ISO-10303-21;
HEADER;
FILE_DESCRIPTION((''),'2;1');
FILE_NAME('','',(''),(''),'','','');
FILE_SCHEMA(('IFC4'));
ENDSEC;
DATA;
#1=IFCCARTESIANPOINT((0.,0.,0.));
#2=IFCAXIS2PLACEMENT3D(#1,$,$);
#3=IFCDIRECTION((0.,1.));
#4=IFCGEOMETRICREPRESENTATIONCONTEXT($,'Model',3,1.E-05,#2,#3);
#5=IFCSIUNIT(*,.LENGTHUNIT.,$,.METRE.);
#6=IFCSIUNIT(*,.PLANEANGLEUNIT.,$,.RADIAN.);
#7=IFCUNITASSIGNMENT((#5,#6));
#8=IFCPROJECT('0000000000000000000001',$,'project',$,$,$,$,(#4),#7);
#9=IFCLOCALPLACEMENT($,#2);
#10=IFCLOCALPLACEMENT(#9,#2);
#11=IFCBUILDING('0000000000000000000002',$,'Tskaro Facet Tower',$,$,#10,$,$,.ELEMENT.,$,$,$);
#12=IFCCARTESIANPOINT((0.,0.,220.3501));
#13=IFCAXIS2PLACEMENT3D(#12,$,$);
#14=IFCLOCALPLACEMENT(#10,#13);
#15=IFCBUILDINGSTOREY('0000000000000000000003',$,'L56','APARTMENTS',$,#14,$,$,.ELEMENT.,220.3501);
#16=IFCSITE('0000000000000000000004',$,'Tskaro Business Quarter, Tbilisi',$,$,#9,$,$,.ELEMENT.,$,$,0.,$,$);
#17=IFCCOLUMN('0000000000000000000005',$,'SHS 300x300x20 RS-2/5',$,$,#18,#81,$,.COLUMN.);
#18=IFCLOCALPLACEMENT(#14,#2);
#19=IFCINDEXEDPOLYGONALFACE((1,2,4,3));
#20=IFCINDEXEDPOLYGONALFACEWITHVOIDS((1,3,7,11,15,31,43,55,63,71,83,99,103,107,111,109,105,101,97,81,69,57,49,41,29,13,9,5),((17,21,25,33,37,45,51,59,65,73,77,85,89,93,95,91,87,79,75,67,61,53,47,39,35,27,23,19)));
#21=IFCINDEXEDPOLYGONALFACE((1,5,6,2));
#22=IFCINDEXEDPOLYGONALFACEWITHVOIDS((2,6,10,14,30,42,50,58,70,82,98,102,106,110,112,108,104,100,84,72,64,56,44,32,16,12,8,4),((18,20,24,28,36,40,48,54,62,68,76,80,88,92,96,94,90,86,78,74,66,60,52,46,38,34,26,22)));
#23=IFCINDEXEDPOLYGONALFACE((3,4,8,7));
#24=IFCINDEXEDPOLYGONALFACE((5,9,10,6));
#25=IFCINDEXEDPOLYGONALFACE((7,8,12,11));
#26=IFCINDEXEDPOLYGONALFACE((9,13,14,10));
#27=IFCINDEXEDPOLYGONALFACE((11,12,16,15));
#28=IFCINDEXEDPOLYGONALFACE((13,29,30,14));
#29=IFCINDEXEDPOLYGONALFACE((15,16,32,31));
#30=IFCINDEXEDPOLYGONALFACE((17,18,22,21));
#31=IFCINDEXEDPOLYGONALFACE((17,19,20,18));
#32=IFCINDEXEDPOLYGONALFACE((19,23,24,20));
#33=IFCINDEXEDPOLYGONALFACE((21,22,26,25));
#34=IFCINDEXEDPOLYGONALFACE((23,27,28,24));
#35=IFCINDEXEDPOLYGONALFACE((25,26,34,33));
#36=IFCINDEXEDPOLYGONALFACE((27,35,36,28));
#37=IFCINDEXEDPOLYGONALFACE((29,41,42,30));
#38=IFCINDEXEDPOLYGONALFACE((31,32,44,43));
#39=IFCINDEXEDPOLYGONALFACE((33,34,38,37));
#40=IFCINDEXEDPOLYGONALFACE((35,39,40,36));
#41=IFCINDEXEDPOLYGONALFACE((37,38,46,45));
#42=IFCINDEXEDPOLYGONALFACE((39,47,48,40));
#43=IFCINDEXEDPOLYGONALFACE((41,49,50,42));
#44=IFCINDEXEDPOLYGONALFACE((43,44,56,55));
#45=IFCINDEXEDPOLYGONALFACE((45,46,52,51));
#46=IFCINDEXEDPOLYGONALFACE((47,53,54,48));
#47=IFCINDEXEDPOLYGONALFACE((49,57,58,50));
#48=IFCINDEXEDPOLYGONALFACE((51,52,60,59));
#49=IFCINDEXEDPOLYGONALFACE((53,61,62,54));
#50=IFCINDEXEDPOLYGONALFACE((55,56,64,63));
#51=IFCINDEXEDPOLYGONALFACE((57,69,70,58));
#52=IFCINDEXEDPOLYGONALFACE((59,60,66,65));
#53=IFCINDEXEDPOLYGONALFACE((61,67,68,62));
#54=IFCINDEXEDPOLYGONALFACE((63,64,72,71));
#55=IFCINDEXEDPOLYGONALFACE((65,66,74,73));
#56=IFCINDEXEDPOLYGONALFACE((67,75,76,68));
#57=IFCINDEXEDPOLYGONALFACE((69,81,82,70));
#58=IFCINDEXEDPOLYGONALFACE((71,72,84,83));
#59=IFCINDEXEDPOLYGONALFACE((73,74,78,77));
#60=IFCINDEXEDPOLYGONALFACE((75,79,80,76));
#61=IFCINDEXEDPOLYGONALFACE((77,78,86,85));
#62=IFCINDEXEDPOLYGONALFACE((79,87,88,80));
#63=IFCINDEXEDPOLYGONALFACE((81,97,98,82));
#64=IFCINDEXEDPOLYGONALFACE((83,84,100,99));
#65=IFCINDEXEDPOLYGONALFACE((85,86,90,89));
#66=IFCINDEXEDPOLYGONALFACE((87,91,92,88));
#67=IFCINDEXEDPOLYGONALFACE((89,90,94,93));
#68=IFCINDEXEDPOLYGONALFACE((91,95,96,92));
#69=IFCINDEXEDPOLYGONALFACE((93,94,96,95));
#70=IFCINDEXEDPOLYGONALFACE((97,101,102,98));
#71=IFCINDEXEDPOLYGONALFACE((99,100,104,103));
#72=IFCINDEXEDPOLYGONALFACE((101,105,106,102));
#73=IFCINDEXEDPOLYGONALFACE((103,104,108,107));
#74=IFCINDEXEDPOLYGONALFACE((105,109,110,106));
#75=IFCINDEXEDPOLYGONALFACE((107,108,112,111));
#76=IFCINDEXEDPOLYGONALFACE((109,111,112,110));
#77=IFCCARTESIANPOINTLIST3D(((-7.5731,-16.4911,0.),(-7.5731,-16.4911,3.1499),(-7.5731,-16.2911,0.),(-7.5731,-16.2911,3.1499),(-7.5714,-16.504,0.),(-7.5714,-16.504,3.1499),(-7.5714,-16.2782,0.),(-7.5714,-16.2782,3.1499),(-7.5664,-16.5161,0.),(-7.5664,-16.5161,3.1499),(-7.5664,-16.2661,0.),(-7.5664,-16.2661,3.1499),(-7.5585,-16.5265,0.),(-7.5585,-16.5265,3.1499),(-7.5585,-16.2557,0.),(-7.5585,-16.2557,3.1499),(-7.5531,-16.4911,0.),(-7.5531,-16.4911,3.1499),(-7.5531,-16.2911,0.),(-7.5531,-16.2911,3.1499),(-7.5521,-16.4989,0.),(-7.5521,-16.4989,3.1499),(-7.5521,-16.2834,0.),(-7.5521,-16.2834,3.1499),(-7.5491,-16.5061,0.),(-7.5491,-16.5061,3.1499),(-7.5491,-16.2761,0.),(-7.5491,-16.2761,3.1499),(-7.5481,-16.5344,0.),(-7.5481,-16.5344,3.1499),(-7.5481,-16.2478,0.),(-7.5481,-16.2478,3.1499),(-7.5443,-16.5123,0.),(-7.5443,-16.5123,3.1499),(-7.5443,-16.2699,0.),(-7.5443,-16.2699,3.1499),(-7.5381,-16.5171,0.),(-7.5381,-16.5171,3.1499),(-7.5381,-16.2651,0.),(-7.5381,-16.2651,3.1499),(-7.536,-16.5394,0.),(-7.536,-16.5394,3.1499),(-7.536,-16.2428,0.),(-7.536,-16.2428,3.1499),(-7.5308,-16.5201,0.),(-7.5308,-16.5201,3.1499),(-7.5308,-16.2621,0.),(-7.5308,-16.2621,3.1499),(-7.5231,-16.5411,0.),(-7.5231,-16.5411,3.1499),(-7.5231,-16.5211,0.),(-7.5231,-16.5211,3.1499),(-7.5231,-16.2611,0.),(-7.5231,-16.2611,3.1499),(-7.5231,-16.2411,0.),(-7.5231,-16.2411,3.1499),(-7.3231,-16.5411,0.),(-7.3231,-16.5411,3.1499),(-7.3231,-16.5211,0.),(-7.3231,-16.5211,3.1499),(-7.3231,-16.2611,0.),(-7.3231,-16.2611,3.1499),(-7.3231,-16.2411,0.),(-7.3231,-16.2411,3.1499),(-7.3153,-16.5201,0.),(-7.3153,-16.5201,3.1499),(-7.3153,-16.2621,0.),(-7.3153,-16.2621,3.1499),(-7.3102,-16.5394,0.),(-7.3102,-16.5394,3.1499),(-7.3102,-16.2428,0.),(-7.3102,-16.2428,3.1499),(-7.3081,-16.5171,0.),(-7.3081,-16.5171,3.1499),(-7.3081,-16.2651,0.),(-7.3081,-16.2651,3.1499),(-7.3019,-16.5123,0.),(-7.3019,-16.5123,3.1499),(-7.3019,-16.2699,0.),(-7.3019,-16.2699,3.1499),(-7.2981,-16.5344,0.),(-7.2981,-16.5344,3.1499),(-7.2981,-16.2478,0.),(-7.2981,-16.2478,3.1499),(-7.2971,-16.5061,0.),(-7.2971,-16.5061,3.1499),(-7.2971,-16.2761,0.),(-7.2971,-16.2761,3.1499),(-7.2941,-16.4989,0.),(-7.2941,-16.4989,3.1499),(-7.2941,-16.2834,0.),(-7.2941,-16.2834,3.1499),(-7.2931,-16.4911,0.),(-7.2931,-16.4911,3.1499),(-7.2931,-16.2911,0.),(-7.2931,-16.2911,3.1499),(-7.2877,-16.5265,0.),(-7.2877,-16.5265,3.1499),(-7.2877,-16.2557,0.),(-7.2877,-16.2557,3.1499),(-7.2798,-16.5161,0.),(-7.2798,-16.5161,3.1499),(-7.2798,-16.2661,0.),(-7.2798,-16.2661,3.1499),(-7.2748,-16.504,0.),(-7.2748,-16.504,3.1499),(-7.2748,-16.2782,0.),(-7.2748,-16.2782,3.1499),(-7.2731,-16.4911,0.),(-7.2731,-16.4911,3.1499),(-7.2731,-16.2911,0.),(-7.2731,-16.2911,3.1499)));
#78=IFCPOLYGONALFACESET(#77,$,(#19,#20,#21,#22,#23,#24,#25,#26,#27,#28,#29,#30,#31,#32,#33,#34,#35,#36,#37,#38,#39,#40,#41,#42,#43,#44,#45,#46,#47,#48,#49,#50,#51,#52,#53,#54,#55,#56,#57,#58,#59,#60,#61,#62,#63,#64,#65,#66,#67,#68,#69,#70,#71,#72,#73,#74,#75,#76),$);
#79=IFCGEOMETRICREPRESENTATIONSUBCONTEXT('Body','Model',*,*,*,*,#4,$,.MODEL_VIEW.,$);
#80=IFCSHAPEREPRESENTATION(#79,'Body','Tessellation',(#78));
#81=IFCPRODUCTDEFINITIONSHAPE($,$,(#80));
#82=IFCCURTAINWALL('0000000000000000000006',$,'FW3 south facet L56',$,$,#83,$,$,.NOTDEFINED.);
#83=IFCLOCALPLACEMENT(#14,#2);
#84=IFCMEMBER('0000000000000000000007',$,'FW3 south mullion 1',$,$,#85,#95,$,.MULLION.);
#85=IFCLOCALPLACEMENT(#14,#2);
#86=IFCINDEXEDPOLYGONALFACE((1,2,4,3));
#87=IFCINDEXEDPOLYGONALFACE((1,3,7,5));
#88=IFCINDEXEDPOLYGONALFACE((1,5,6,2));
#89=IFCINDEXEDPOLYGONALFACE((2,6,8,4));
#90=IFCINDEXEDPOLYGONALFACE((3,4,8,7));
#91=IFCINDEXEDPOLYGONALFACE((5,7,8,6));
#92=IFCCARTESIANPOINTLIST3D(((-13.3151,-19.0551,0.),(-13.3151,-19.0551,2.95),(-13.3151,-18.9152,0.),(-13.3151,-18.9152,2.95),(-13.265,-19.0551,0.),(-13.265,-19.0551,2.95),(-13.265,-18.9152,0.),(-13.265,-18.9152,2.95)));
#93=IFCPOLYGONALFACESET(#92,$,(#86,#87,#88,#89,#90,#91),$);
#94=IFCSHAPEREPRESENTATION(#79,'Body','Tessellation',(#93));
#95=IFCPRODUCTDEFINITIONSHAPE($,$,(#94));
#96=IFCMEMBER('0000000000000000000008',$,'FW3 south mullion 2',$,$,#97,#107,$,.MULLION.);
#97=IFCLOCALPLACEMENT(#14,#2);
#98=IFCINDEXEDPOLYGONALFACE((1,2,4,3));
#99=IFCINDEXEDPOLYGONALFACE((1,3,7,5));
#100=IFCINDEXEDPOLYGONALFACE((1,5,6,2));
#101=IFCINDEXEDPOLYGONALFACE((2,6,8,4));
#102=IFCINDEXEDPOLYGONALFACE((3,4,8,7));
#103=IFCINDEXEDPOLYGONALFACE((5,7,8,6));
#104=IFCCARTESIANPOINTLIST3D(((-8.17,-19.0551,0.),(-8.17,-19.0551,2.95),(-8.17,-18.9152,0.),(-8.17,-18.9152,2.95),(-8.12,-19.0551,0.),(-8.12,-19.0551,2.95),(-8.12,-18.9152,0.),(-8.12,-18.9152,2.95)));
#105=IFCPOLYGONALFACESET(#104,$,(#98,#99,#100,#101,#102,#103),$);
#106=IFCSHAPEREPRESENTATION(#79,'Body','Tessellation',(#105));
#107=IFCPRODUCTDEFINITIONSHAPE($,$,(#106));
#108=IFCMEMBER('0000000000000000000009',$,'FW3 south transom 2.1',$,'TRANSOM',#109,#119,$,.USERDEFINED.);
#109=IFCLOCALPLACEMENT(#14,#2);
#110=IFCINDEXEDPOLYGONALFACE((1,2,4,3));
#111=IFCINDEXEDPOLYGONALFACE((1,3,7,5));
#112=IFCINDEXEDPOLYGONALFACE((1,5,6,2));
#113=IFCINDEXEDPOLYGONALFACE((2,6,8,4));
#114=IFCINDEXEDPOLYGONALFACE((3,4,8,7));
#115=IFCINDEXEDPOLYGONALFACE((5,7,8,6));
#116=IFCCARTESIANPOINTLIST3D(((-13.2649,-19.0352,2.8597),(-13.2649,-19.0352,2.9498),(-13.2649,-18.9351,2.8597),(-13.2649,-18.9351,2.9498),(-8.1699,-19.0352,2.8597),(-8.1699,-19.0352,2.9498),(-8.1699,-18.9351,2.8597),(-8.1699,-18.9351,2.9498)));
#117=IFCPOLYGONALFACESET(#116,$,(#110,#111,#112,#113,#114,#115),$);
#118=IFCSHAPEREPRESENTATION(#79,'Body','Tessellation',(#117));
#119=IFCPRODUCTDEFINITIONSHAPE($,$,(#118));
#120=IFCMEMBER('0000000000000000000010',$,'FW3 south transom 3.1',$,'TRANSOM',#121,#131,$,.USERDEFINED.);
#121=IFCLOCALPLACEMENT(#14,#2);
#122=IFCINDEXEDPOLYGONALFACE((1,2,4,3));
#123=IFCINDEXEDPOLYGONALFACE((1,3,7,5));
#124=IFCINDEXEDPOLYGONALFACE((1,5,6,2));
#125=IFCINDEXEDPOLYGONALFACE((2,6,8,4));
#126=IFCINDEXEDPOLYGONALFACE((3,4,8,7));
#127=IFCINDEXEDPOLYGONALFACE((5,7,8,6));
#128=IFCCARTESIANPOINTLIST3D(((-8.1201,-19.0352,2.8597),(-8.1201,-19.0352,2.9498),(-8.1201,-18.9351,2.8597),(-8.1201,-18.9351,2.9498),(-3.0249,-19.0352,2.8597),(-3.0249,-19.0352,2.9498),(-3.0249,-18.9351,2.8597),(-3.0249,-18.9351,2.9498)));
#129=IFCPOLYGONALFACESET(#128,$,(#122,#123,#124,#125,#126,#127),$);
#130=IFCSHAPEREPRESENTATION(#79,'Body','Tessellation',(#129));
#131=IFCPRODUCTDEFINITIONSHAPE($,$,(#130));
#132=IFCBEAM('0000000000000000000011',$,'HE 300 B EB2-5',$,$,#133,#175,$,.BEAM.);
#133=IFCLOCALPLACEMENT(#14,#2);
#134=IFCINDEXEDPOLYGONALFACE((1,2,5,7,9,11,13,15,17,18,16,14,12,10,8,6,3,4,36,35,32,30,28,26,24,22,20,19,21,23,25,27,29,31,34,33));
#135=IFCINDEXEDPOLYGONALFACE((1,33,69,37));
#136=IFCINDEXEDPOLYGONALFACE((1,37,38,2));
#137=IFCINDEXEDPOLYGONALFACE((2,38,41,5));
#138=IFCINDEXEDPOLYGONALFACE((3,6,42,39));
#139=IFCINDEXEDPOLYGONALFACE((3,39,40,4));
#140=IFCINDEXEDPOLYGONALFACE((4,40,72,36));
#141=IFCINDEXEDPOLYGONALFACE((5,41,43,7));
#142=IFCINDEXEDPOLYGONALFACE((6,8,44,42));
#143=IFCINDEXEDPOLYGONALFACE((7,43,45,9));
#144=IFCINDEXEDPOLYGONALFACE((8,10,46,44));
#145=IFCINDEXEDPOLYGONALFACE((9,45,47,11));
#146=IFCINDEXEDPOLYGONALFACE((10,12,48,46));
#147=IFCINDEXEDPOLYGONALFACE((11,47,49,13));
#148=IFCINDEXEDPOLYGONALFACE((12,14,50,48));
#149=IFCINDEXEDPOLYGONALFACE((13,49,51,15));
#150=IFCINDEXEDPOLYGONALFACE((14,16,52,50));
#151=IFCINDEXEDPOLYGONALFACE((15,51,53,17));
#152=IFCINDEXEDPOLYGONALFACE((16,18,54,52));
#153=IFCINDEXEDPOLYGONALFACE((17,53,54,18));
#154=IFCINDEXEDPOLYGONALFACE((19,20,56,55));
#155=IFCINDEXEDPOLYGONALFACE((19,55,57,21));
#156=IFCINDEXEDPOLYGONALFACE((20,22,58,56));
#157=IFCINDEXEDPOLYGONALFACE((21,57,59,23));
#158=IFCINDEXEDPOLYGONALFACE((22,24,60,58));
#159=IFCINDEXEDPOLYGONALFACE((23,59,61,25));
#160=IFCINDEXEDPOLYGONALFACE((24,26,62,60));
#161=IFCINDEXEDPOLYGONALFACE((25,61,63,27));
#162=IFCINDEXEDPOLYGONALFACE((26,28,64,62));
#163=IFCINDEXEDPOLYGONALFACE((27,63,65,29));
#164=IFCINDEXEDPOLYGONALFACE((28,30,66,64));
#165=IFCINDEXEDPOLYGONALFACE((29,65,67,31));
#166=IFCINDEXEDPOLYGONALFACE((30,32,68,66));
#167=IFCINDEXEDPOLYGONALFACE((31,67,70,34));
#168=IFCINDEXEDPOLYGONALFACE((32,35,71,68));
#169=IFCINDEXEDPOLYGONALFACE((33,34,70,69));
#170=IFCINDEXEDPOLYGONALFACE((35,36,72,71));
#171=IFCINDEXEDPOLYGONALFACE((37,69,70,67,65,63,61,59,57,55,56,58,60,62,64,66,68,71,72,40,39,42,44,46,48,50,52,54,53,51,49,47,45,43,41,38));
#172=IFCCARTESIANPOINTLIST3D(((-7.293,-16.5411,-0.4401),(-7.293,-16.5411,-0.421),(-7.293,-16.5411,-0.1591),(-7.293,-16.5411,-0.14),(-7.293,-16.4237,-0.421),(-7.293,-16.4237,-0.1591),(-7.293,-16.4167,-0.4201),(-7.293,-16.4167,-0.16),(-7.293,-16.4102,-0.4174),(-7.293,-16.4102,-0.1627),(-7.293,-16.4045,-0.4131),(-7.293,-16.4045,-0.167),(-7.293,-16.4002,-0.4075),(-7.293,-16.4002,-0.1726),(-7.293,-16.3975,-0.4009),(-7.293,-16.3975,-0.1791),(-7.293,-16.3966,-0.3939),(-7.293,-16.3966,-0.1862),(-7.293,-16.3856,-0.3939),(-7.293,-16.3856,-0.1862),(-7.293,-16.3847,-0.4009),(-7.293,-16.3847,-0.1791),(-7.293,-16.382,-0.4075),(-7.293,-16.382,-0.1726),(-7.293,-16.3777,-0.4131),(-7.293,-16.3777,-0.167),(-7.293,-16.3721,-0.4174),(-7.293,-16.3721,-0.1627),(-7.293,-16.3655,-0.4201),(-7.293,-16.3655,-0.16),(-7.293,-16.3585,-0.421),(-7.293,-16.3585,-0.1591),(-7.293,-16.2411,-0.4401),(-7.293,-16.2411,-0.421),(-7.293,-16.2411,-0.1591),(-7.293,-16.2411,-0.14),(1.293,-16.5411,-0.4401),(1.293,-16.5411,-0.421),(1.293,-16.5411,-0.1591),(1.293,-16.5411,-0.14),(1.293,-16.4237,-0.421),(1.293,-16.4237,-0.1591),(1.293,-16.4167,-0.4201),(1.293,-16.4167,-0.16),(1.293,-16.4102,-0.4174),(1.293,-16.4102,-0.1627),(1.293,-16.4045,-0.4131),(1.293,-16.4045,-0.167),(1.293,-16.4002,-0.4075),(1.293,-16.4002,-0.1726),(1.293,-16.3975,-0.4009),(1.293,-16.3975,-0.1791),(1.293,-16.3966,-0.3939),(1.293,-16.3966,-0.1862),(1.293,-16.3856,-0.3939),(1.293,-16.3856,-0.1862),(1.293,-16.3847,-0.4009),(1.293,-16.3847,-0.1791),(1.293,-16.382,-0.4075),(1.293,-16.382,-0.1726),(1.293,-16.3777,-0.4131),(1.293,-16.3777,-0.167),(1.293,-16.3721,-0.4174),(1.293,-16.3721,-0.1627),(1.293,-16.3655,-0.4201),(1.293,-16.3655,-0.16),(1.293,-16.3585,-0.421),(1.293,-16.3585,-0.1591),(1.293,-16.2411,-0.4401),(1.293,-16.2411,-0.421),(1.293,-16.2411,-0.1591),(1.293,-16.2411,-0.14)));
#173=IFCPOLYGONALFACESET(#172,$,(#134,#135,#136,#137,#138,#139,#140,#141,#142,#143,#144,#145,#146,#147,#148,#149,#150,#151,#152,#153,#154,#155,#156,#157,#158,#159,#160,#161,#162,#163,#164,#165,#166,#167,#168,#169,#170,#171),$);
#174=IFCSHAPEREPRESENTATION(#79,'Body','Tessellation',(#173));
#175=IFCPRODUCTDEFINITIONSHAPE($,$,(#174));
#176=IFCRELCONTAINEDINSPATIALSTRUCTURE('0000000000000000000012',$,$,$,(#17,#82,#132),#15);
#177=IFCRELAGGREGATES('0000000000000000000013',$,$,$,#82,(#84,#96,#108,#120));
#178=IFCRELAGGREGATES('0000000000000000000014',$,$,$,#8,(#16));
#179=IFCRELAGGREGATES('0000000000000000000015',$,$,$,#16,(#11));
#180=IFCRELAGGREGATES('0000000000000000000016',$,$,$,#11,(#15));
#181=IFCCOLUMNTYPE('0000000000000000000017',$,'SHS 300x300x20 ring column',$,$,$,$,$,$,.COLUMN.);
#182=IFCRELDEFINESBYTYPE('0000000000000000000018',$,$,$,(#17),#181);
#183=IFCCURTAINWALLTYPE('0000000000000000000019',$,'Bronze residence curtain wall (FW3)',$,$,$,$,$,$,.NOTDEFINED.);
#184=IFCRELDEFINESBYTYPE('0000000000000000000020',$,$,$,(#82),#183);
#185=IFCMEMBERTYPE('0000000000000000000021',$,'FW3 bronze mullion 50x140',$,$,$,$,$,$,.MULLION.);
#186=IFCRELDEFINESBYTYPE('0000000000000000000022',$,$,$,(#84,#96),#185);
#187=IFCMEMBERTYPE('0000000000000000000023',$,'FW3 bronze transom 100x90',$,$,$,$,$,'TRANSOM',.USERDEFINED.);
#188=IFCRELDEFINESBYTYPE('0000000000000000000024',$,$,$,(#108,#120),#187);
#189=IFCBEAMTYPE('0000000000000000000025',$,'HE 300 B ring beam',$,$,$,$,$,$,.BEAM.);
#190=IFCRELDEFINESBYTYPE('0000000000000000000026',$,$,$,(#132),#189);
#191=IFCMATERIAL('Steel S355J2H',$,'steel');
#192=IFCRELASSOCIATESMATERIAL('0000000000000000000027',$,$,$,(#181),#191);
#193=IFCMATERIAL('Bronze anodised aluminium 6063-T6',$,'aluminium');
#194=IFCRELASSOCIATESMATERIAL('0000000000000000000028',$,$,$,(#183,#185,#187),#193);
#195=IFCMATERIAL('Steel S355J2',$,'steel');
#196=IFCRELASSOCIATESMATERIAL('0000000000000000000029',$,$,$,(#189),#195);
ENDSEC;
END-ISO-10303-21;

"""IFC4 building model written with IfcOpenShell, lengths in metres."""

from ifc_helpers import new_model, si_unit, direction, frame, origin, origin_2d, place, context, subcontext, project, spatial, rectangle, hollow_rectangle, i_section, extrude, material, material_profile, profile_set, type_object, element, aggregate, save


model = new_model("IFC4")

# Units and contexts
model_context = context("Model", 3, precision=1e-05, world=origin(), true_north=direction((0.0, 1.0)))
body_context = subcontext(model_context, "Body", "Model", "MODEL_VIEW")
ifc_project = project(units=[si_unit("LENGTHUNIT", "METRE"), si_unit("PLANEANGLEUNIT", "RADIAN")], contexts=[model_context])

# Site, building, storey
site_placement = place(None, origin())
site = spatial("IfcSite", under=ifc_project, at=site_placement, Name="Tskaro Business Quarter, Tbilisi", CompositionType="ELEMENT", RefElevation=0.0)
building_placement = place(site_placement, origin())
building = spatial("IfcBuilding", under=site, at=building_placement, Name="Tskaro Facet Tower", CompositionType="ELEMENT")
storey_placement = place(building_placement, frame((0.0, 0.0, 220.3501)))
storey = spatial("IfcBuildingStorey", under=building, at=storey_placement, Name="L56", Description="APARTMENTS", CompositionType="ELEMENT", Elevation=220.3501)

# Column
ifc_material_1 = material(Name="Steel S355J2H", Category="steel")
ifc_material_profile_1 = material_profile(ifc_material_1, hollow_rectangle(XDim=0.3, YDim=0.3, WallThickness=0.02, InnerFilletRadius=0.03, OuterFilletRadius=0.05, at=origin_2d()), Name="SHS 300x300x20")
ifc_profile_set_1 = profile_set([ifc_material_profile_1], Name="Steel S355J2H")
column_type = type_object("IfcColumnType", Name="SHS 300x300x20 ring column", PredefinedType="COLUMN", material=ifc_profile_set_1)
column_placement = place(storey_placement, frame((-7.4231, -16.3911, 0.0), z_axis=(0.0, 0.0, 1.0), x_axis=(1.0, 0.0, 0.0)))
element("IfcColumn", 1, at=column_placement, inside=storey, type_object=column_type, Name="SHS 300x300x20 RS-2/5", PredefinedType="COLUMN", context=body_context, shape_type="SweptSolid", body=[
    extrude(hollow_rectangle(XDim=0.3, YDim=0.3, WallThickness=0.02, InnerFilletRadius=0.03, OuterFilletRadius=0.05, at=origin_2d()), origin(), (0.0, 0.0, 1.0), 3.1499),
])

# Curtain wall, members
ifc_material_2 = material(Name="Bronze anodised aluminium 6063-T6", Category="aluminium")
curtain_wall_type = type_object("IfcCurtainWallType", Name="Bronze residence curtain wall (FW3)", PredefinedType="NOTDEFINED", material=ifc_material_2)
curtain_wall_placement = place(storey_placement, origin())
curtain_wall = element("IfcCurtainWall", 2, at=curtain_wall_placement, inside=storey, type_object=curtain_wall_type, Name="FW3 south facet L56", PredefinedType="NOTDEFINED")
ifc_material_profile_2 = material_profile(ifc_material_2, rectangle(XDim=0.05, YDim=0.1399, at=origin_2d()), Name="Mullion 50x140")
ifc_profile_set_2 = profile_set([ifc_material_profile_2], Name="Bronze anodised aluminium 6063-T6")
member_type_1 = type_object("IfcMemberType", Name="FW3 bronze mullion 50x140", PredefinedType="MULLION", material=ifc_profile_set_2)
member_1_placement = place(storey_placement, frame((-13.29, -18.9851, 0.0), z_axis=(0.0, 0.0, 1.0), x_axis=(1.0, 0.0, 0.0)))
member_1 = element("IfcMember", 3, at=member_1_placement, type_object=member_type_1, Name="FW3 south mullion 1", PredefinedType="MULLION", context=body_context, shape_type="SweptSolid", body=[
    extrude(rectangle(XDim=0.05, YDim=0.1399, at=origin_2d()), origin(), (0.0, 0.0, 1.0), 2.95),
])
member_2_placement = place(storey_placement, frame((-8.145, -18.9851, 0.0), z_axis=(0.0, 0.0, 1.0), x_axis=(1.0, 0.0, 0.0)))
member_2 = element("IfcMember", 4, at=member_2_placement, type_object=member_type_1, Name="FW3 south mullion 2", PredefinedType="MULLION", context=body_context, shape_type="SweptSolid", body=[
    extrude(rectangle(XDim=0.05, YDim=0.1399, at=origin_2d()), origin(), (0.0, 0.0, 1.0), 2.95),
])
ifc_material_profile_3 = material_profile(ifc_material_2, rectangle(XDim=0.1001, YDim=0.0901, at=origin_2d()), Name="Transom 100x90")
ifc_profile_set_3 = profile_set([ifc_material_profile_3], Name="Bronze anodised aluminium 6063-T6")
member_type_2 = type_object("IfcMemberType", Name="FW3 bronze transom 100x90", ElementType="TRANSOM", PredefinedType="USERDEFINED", material=ifc_profile_set_3)
member_3_placement = place(storey_placement, frame((-13.2649, -18.9851, 2.9048), z_axis=(1.0, 0.0, 0.0), x_axis=(0.0, 1.0, 0.0)))
member_3 = element("IfcMember", 5, at=member_3_placement, type_object=member_type_2, Name="FW3 south transom 2.1", ObjectType="TRANSOM", PredefinedType="USERDEFINED", context=body_context, shape_type="SweptSolid", body=[
    extrude(rectangle(XDim=0.1001, YDim=0.0901, at=origin_2d()), origin(), (0.0, 0.0, 1.0), 5.095),
])
member_4_placement = place(storey_placement, frame((-8.1201, -18.9851, 2.9048), z_axis=(1.0, 0.0, 0.0), x_axis=(0.0, 1.0, 0.0)))
member_4 = element("IfcMember", 6, at=member_4_placement, type_object=member_type_2, Name="FW3 south transom 3.1", ObjectType="TRANSOM", PredefinedType="USERDEFINED", context=body_context, shape_type="SweptSolid", body=[
    extrude(rectangle(XDim=0.1001, YDim=0.0901, at=origin_2d()), origin(), (0.0, 0.0, 1.0), 5.0952),
])

# Beam
ifc_material_3 = material(Name="Steel S355J2", Category="steel")
ifc_material_profile_4 = material_profile(ifc_material_3, i_section(OverallWidth=0.3, OverallDepth=0.3, WebThickness=0.011, FlangeThickness=0.019, FilletRadius=0.0271, at=origin_2d()), Name="HE 300 B")
ifc_profile_set_4 = profile_set([ifc_material_profile_4], Name="Steel S355J2")
beam_type_1 = type_object("IfcBeamType", Name="HE 300 B ring beam", PredefinedType="BEAM", material=ifc_profile_set_4)
beam_1_placement = place(storey_placement, frame((-7.293, -16.3911, -0.29), z_axis=(1.0, 0.0, 0.0), x_axis=(0.0, 1.0, 0.0)))
element("IfcBeam", 7, at=beam_1_placement, inside=storey, type_object=beam_type_1, Name="HE 300 B EB2-5", PredefinedType="BEAM", context=body_context, shape_type="SweptSolid", body=[
    extrude(i_section(OverallWidth=0.3, OverallDepth=0.3, WebThickness=0.011, FlangeThickness=0.019, FilletRadius=0.0271, at=origin_2d()), origin(), (0.0, 0.0, 1.0), 8.5859),
])

aggregate(curtain_wall, [member_1, member_2, member_3, member_4])

save(model, "model.ifc")
